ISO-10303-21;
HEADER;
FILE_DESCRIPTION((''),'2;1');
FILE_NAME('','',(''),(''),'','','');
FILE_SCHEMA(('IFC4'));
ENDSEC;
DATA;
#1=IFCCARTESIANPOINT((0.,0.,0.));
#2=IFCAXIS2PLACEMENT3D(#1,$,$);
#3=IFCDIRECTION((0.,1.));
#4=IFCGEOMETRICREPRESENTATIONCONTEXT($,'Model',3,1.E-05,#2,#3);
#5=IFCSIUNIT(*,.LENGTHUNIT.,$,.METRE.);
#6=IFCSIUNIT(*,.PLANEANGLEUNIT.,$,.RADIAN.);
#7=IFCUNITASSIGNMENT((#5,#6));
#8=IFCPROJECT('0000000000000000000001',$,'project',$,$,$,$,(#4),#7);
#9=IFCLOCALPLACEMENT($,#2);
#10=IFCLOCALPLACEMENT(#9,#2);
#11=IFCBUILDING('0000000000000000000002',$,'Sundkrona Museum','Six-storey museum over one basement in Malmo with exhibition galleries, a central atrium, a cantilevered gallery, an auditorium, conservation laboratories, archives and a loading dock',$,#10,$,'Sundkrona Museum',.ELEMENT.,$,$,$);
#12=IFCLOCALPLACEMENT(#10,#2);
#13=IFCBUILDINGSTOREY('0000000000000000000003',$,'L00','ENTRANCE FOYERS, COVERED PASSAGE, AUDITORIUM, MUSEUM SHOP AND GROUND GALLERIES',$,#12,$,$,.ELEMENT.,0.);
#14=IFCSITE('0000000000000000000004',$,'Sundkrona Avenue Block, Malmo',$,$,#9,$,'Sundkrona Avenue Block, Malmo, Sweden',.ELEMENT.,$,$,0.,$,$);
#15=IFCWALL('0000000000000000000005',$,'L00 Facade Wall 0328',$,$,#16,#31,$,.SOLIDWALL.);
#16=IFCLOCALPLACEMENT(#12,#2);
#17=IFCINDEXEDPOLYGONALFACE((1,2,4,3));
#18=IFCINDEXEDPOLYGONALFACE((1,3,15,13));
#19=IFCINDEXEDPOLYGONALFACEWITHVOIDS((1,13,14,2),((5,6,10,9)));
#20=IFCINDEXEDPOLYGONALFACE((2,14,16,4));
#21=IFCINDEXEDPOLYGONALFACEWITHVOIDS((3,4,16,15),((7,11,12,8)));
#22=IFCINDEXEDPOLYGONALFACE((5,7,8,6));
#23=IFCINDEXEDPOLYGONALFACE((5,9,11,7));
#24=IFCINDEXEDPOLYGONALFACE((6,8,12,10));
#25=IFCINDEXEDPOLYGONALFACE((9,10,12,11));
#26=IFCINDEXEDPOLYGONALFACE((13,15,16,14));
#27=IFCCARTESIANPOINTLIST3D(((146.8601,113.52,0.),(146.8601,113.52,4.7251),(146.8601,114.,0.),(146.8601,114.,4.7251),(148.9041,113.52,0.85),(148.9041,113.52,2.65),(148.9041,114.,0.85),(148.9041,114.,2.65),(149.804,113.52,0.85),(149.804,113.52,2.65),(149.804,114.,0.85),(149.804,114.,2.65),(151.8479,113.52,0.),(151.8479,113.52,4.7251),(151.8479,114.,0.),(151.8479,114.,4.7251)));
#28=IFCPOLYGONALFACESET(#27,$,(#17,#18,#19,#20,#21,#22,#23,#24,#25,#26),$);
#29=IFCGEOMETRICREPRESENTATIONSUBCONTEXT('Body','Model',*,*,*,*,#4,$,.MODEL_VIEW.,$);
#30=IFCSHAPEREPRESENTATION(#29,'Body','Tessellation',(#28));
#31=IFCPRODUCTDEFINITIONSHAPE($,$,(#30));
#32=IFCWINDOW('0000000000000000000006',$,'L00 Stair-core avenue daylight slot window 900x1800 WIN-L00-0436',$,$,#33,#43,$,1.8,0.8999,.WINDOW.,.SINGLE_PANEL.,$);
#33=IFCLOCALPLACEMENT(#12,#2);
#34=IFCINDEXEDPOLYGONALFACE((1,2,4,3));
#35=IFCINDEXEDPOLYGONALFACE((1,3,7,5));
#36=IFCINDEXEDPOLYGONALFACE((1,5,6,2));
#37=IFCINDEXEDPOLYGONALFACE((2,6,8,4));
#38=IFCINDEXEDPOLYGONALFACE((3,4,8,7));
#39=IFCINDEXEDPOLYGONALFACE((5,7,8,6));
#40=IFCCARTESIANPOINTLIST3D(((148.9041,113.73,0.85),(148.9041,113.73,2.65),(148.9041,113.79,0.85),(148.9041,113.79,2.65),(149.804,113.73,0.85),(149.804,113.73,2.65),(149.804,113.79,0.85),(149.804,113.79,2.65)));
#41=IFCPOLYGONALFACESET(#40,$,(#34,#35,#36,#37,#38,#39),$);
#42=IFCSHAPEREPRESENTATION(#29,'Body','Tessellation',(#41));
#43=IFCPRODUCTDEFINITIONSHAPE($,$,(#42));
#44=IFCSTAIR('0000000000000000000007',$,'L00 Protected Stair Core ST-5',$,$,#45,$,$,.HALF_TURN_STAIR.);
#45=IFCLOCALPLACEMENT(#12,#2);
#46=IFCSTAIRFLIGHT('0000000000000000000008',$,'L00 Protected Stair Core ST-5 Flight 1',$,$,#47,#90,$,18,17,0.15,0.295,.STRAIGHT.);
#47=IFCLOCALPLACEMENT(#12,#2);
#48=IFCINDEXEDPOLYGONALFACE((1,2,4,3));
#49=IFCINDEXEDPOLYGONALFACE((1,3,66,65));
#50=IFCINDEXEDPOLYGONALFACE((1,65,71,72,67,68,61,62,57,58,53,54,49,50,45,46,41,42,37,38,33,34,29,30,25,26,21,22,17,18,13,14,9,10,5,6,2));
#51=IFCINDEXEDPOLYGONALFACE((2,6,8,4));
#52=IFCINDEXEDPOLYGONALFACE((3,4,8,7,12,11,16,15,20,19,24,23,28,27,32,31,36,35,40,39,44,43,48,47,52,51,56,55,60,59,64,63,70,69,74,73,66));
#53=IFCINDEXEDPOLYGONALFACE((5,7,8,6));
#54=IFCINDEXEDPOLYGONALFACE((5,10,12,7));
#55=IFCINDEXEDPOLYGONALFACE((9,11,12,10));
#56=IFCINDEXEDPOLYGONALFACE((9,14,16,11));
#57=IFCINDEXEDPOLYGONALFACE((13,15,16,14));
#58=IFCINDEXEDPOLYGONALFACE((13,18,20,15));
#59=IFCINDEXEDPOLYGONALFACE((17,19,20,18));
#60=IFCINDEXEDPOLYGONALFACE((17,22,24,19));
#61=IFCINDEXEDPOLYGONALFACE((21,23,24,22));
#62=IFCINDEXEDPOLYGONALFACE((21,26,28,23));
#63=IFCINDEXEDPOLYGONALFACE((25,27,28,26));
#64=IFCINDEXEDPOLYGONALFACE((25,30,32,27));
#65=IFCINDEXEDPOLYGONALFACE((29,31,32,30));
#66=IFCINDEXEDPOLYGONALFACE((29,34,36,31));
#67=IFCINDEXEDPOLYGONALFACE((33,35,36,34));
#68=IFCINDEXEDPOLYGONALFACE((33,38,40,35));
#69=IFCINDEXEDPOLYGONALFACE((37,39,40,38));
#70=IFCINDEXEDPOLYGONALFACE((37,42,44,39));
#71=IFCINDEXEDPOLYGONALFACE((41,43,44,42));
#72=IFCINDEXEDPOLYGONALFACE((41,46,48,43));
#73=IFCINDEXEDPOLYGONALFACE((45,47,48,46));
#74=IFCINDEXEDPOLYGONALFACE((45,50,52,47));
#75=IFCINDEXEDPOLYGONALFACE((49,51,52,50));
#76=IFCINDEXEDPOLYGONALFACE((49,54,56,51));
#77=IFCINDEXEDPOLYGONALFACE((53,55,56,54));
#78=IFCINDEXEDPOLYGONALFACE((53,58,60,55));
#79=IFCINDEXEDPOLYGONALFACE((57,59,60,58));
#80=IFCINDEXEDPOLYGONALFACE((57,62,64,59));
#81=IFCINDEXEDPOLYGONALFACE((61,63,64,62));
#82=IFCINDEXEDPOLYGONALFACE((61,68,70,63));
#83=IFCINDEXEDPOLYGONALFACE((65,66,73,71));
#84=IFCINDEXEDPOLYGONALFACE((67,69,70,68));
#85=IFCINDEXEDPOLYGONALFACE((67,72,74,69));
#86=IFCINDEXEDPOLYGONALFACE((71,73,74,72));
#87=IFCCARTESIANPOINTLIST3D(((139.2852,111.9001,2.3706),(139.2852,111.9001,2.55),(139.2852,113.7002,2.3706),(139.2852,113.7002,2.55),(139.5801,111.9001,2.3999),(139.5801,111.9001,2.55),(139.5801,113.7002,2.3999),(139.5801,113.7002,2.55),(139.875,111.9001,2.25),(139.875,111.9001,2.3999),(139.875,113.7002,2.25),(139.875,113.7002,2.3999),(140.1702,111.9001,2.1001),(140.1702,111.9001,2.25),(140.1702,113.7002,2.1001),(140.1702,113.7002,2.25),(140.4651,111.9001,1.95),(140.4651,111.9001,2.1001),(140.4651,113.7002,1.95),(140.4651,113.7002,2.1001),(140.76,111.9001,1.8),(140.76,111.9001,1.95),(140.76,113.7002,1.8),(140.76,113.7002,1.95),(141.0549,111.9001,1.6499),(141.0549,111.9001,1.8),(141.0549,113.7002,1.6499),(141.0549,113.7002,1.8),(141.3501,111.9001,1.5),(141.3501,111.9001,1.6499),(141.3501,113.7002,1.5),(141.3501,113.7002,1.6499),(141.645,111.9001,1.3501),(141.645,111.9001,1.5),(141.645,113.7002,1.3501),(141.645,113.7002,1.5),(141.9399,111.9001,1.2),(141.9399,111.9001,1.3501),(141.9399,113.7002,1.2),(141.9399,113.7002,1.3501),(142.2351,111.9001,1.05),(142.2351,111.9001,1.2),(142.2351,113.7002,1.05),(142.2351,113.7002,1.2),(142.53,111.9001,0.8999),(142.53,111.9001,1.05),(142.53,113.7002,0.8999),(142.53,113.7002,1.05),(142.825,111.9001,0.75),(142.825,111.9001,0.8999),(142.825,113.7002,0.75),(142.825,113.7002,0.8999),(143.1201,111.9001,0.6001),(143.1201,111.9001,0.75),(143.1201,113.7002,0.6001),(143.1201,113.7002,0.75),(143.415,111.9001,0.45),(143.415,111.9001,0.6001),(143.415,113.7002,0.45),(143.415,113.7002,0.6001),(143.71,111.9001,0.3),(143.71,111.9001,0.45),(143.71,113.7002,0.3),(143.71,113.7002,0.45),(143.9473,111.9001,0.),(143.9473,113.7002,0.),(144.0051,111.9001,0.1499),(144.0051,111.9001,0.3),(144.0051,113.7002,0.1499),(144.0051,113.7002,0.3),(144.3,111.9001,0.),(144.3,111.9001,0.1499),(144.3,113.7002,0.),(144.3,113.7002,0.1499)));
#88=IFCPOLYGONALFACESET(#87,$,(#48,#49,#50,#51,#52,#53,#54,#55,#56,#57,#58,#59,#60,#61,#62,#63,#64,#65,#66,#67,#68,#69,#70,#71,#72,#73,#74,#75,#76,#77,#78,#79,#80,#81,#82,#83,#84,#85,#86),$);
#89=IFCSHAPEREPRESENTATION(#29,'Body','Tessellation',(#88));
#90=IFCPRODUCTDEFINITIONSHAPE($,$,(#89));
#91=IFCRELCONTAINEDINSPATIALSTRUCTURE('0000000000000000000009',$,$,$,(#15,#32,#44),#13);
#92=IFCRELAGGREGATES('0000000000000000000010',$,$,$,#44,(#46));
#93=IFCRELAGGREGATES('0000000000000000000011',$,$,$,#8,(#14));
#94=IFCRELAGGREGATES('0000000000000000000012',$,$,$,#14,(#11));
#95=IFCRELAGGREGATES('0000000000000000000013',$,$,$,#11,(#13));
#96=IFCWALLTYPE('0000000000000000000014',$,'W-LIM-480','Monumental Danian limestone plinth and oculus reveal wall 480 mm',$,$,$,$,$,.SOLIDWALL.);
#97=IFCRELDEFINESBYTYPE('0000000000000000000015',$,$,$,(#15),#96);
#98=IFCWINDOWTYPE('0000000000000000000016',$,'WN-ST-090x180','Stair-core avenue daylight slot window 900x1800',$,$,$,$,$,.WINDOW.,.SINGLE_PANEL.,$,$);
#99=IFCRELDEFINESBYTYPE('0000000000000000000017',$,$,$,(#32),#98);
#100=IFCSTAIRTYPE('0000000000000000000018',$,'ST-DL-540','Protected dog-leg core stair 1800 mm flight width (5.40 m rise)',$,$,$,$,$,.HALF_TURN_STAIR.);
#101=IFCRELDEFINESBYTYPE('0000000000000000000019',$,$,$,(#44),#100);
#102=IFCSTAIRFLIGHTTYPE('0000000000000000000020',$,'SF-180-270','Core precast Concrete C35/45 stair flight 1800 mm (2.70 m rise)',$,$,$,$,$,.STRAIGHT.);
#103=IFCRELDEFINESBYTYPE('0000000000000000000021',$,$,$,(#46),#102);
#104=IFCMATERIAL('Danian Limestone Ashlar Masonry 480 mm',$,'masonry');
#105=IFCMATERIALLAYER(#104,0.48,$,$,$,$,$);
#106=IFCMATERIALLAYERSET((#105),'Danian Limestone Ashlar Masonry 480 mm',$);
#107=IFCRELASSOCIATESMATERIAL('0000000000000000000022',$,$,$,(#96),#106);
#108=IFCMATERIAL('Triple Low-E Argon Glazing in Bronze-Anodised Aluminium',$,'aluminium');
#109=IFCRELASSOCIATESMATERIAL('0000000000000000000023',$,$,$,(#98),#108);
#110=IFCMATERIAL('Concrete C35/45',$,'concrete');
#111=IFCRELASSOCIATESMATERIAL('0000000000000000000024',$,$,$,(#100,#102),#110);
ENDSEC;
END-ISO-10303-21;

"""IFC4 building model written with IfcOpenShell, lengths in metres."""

from ifc_helpers import new_model, si_unit, direction, frame, frame_2d, origin, place, context, subcontext, project, spatial, polyline, rectangle, outline, extrude, material, layer, layer_set, type_object, element, fill, aggregate, save


model = new_model("IFC4")

# Units and contexts
model_context = context("Model", 3, precision=1e-05, world=origin(), true_north=direction((0.0, 1.0)))
body_context = subcontext(model_context, "Body", "Model", "MODEL_VIEW")
ifc_project = project(units=[si_unit("LENGTHUNIT", "METRE"), si_unit("PLANEANGLEUNIT", "RADIAN")], contexts=[model_context])

# Site, building, storey
site_placement = place(None, origin())
site = spatial("IfcSite", under=ifc_project, at=site_placement, Name="Sundkrona Avenue Block, Malmo", LongName="Sundkrona Avenue Block, Malmo, Sweden", CompositionType="ELEMENT", RefElevation=0.0)
building_placement = place(site_placement, origin())
building = spatial("IfcBuilding", under=site, at=building_placement, Name="Sundkrona Museum", Description="Six-storey museum over one basement in Malmo with exhibition galleries, a central atrium, a cantilevered gallery, an auditorium, conservation laboratories, archives and a loading dock", LongName="Sundkrona Museum", CompositionType="ELEMENT")
storey_placement = place(building_placement, origin())
storey = spatial("IfcBuildingStorey", under=building, at=storey_placement, Name="L00", Description="ENTRANCE FOYERS, COVERED PASSAGE, AUDITORIUM, MUSEUM SHOP AND GROUND GALLERIES", CompositionType="ELEMENT", Elevation=0.0)

# Wall, opening, window
ifc_material_1 = material(Name="Danian Limestone Ashlar Masonry 480 mm", Category="masonry")
ifc_layer_1 = layer(ifc_material_1, 0.48)
ifc_layer_set_1 = layer_set([ifc_layer_1], Name="Danian Limestone Ashlar Masonry 480 mm")
wall_type_1 = type_object("IfcWallType", Name="W-LIM-480", Description="Monumental Danian limestone plinth and oculus reveal wall 480 mm", PredefinedType="SOLIDWALL", material=ifc_layer_set_1)
wall_1_placement = place(storey_placement, frame((146.8601, 113.76, 0.0), z_axis=(0.0, 0.0, 1.0), x_axis=(1.0, 0.0, 0.0)))
wall_1 = element("IfcWall", 1, at=wall_1_placement, inside=storey, type_object=wall_type_1, Name="L00 Facade Wall 0328", PredefinedType="SOLIDWALL", context=body_context, shape_type="SweptSolid", body=[
    extrude(rectangle(XDim=4.9878, YDim=0.48, at=frame_2d((2.4939, 0.0))), origin(), (0.0, 0.0, 1.0), 4.7251),
])
opening_1_placement = place(wall_1_placement, frame((2.0439, 0.0, 0.8501)))
opening_1 = element("IfcOpeningElement", 2, at=opening_1_placement, cuts=wall_1, PredefinedType="OPENING", context=body_context, shape_type="SweptSolid", body=[
    extrude(rectangle(XDim=0.8999, YDim=1.8, at=frame_2d((0.45, 0.8999))), frame((0.0, 0.25, 0.0), z_axis=(0.0, -1.0, 0.0), x_axis=(1.0, 0.0, 0.0)), (0.0, 0.0, 1.0), 0.5),
])
ifc_material_2 = material(Name="Triple Low-E Argon Glazing in Bronze-Anodised Aluminium", Category="aluminium")
window_type = type_object("IfcWindowType", Name="WN-ST-090x180", Description="Stair-core avenue daylight slot window 900x1800", PartitioningType="SINGLE_PANEL", PredefinedType="WINDOW", material=ifc_material_2)
window_placement = place(opening_1_placement, origin())
window = element("IfcWindow", 3, at=window_placement, inside=storey, type_object=window_type, Name="L00 Stair-core avenue daylight slot window 900x1800 WIN-L00-0436", OverallHeight=1.8, OverallWidth=0.8999, PartitioningType="SINGLE_PANEL", PredefinedType="WINDOW", context=body_context, shape_type="SweptSolid", body=[
    extrude(rectangle(XDim=0.8999, YDim=1.8, at=frame_2d((0.45, 0.8999))), frame((0.0, 0.03, 0.0), z_axis=(0.0, -1.0, 0.0), x_axis=(1.0, 0.0, 0.0)), (0.0, 0.0, 1.0), 0.0601),
])
fill(opening_1, window)

# Stair, stair flight
ifc_material_3 = material(Name="Concrete C35/45", Category="concrete")
stair_type = type_object("IfcStairType", Name="ST-DL-540", Description="Protected dog-leg core stair 1800 mm flight width (5.40 m rise)", PredefinedType="HALF_TURN_STAIR", material=ifc_material_3)
stair_placement = place(storey_placement, origin())
stair = element("IfcStair", 4, at=stair_placement, inside=storey, type_object=stair_type, Name="L00 Protected Stair Core ST-5", PredefinedType="HALF_TURN_STAIR")
stair_flight_type = type_object("IfcStairFlightType", Name="SF-180-270", Description="Core precast Concrete C35/45 stair flight 1800 mm (2.70 m rise)", PredefinedType="STRAIGHT", material=ifc_material_3)
stair_flight_placement = place(storey_placement, frame((144.3, 112.8, 0.0), z_axis=(0.0, 0.0, 1.0), x_axis=(-1.0, 0.0, 0.0)))
stair_flight = element("IfcStairFlight", 5, at=stair_flight_placement, type_object=stair_flight_type, Name="L00 Protected Stair Core ST-5 Flight 1", NumberOfRisers=18, NumberOfTreads=17, PredefinedType="STRAIGHT", RiserHeight=0.15, TreadLength=0.295, context=body_context, shape_type="SweptSolid", body=[
    extrude(outline(polyline([(0.0, 0.0), (0.0, 0.1499), (0.2949, 0.1499), (0.2949, 0.3), (0.5901, 0.3), (0.5901, 0.45), (0.885, 0.45), (0.885, 0.6001), (1.1799, 0.6001), (1.1799, 0.75), (1.4751, 0.75), (1.4751, 0.8999), (1.77, 0.8999), (1.77, 1.05), (2.0649, 1.05), (2.0649, 1.2), (2.3601, 1.2), (2.3601, 1.3501), (2.655, 1.3501), (2.655, 1.5), (2.95, 1.5), (2.95, 1.6499), (3.2451, 1.6499), (3.2451, 1.8), (3.54, 1.8), (3.54, 1.95), (3.835, 1.95), (3.835, 2.1001), (4.1299, 2.1001), (4.1299, 2.25), (4.425, 2.25), (4.425, 2.3999), (4.72, 2.3999), (4.72, 2.55), (5.0149, 2.55), (5.0149, 2.7), (5.0149, 2.3706), (0.3528, 0.0), (0.0, 0.0)])), frame((0.0, 0.8999, 0.0), z_axis=(0.0, -1.0, 0.0), x_axis=(1.0, 0.0, 0.0)), (0.0, 0.0, 1.0), 1.8),
])
aggregate(stair, [stair_flight])

save(model, "model.ifc")
